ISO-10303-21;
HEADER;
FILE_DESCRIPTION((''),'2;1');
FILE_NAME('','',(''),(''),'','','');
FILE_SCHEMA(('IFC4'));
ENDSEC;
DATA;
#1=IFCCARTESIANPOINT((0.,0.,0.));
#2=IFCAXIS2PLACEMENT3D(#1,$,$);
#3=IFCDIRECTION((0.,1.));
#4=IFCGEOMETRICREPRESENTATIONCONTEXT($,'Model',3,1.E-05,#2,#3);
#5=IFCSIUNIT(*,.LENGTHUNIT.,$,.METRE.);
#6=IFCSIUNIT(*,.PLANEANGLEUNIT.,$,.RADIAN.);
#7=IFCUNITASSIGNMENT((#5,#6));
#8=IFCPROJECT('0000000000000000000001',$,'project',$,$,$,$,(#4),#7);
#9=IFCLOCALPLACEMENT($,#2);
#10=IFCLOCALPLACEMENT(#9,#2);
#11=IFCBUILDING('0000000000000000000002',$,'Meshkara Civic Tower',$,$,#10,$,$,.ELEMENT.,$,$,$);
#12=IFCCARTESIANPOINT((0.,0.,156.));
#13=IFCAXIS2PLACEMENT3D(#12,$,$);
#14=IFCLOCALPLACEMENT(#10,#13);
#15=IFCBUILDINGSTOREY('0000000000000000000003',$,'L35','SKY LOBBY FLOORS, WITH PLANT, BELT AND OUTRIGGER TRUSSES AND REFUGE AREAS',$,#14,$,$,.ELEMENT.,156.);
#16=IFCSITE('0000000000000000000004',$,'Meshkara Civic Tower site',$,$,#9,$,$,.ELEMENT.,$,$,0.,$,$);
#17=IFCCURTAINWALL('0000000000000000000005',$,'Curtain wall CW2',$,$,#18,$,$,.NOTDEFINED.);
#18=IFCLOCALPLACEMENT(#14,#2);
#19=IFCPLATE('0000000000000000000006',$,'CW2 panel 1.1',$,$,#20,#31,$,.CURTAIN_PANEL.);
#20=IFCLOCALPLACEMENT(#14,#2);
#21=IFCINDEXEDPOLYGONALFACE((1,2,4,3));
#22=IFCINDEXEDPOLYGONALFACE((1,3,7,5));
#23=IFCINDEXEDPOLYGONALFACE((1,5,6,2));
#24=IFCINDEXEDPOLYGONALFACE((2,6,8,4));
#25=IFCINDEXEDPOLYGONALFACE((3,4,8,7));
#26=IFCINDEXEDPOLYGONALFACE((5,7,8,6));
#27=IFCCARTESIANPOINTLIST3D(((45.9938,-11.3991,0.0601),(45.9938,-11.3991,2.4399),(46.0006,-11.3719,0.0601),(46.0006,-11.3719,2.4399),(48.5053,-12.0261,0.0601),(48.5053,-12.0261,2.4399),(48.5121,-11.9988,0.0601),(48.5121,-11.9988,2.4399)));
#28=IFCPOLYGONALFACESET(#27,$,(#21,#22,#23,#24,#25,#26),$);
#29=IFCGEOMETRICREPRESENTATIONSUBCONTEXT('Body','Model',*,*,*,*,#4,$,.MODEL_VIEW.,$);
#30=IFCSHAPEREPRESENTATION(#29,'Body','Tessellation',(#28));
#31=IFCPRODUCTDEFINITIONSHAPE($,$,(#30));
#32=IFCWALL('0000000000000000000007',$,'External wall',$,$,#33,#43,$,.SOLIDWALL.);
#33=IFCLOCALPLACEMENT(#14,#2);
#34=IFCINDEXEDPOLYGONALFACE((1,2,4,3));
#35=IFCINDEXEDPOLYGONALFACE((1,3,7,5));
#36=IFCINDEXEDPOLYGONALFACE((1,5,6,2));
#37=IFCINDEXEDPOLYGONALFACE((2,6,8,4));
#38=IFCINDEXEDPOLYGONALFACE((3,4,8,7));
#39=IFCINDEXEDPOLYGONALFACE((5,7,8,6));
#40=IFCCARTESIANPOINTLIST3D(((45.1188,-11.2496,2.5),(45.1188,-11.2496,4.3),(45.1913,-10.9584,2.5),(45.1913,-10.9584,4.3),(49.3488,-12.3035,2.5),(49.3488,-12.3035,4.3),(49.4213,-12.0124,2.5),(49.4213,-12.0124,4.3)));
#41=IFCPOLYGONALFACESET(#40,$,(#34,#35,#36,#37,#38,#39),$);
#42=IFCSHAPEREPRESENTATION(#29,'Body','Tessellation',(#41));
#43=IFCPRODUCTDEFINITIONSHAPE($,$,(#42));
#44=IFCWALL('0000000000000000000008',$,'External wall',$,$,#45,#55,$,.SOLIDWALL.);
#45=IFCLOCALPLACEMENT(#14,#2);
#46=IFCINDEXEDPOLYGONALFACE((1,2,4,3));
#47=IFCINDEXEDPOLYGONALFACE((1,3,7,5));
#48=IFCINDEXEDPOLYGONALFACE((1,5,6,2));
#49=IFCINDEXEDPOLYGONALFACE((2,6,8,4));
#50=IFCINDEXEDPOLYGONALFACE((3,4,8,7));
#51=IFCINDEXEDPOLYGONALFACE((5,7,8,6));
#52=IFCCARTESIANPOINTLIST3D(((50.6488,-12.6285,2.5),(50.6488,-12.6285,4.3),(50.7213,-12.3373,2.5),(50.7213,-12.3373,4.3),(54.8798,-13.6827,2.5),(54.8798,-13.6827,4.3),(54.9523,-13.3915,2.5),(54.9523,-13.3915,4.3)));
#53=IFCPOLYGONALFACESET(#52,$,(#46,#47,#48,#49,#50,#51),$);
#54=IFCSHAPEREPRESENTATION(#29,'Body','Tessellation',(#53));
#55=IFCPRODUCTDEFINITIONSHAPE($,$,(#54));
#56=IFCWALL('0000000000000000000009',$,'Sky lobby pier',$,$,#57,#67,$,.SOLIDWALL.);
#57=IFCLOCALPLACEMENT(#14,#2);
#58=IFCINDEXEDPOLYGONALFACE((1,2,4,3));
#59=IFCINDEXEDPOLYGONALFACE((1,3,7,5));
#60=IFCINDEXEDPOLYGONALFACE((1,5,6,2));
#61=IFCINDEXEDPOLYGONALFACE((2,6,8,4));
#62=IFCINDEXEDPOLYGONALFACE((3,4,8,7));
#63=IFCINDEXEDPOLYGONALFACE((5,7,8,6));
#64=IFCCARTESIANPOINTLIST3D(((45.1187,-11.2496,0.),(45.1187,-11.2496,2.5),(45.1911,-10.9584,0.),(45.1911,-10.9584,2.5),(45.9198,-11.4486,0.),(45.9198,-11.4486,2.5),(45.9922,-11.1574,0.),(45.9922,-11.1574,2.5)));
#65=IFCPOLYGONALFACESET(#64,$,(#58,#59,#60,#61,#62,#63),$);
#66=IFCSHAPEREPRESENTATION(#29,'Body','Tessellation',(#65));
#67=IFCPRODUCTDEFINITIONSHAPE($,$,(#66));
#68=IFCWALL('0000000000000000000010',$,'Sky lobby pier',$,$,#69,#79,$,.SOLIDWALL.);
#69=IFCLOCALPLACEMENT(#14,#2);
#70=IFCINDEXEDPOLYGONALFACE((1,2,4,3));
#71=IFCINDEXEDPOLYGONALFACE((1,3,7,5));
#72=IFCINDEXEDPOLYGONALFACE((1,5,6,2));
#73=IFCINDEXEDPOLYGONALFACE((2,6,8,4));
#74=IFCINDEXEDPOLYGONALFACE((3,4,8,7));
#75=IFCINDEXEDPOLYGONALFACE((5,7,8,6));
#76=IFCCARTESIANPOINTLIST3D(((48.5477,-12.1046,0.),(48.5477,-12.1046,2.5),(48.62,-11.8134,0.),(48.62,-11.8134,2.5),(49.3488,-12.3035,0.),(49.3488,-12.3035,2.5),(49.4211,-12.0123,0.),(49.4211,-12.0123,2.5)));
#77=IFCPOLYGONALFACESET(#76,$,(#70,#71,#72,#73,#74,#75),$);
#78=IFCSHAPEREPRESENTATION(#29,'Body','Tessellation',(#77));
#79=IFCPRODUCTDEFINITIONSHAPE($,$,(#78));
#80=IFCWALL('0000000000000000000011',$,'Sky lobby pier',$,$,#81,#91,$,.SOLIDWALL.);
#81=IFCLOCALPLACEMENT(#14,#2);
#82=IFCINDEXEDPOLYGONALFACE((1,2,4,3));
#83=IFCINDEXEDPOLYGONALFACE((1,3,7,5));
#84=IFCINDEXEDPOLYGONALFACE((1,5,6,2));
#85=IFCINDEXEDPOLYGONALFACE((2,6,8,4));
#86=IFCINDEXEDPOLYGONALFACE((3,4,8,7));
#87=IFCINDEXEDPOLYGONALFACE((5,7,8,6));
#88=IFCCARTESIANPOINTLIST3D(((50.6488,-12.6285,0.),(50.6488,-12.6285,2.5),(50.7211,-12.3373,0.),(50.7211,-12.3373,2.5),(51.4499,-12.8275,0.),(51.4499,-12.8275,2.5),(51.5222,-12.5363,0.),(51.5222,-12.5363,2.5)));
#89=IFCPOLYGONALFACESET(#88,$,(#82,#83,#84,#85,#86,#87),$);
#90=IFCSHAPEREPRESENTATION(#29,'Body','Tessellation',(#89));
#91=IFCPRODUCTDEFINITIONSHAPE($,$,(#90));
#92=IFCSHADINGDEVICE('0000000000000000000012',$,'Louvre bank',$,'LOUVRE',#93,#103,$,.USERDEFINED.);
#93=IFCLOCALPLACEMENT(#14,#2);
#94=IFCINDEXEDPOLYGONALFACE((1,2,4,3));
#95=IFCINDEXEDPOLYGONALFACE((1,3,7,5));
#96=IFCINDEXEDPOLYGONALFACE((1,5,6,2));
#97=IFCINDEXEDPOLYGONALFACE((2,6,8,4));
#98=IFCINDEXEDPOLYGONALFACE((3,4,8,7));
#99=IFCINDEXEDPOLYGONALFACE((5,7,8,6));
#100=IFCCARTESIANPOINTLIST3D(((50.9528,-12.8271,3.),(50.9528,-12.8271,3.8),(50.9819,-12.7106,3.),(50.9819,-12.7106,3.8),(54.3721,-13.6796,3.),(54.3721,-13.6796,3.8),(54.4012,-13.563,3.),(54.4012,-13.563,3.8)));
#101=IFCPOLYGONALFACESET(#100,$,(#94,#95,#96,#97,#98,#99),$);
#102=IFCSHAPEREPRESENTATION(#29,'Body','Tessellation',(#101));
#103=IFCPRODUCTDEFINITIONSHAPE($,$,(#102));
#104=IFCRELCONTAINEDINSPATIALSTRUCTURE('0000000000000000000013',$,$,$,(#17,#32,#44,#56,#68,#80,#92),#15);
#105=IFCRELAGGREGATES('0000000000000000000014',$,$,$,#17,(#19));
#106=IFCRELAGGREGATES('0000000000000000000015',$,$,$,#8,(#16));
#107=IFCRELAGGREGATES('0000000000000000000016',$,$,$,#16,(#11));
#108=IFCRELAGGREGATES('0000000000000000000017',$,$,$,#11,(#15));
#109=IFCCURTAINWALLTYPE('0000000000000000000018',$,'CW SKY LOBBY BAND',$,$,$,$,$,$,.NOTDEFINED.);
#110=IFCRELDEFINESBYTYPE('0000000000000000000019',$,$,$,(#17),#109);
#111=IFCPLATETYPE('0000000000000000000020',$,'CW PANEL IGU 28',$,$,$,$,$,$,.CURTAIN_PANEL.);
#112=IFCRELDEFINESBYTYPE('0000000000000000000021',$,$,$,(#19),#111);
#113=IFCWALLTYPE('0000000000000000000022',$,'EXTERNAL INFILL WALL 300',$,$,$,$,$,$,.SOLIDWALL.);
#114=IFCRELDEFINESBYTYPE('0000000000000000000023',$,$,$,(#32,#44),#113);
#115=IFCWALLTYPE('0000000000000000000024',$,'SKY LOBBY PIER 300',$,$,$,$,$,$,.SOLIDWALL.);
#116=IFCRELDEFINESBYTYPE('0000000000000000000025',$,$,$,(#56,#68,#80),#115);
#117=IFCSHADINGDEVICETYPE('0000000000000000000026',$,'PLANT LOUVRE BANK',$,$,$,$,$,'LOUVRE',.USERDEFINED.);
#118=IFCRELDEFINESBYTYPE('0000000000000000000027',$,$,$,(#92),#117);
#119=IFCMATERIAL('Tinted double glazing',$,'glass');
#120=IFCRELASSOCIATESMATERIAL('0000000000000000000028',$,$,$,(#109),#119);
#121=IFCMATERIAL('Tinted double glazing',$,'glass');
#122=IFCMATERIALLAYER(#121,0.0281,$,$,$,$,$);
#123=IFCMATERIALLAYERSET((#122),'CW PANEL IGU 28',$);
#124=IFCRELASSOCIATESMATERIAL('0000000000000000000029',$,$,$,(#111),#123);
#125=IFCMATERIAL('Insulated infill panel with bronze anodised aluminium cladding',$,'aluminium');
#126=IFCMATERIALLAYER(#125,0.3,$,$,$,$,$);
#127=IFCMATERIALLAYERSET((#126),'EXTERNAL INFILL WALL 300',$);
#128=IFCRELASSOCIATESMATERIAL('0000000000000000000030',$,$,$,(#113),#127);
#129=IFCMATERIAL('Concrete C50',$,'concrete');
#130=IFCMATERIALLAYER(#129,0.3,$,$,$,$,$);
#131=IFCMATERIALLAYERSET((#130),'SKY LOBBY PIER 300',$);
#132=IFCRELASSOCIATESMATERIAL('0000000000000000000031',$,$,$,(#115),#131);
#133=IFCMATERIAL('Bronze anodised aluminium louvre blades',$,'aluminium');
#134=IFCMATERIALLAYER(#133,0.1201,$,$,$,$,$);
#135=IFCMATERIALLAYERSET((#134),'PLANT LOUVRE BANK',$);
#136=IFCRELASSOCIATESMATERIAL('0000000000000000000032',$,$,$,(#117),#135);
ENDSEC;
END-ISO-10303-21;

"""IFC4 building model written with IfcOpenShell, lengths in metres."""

from ifc_helpers import new_model, si_unit, direction, frame, frame_2d, origin, origin_2d, place, context, subcontext, project, spatial, rectangle, extrude, material, layer, layer_set, type_object, element, aggregate, save


model = new_model("IFC4")

# Units and contexts
model_context = context("Model", 3, precision=1e-05, world=origin(), true_north=direction((0.0, 1.0)))
body_context = subcontext(model_context, "Body", "Model", "MODEL_VIEW")
ifc_project = project(units=[si_unit("LENGTHUNIT", "METRE"), si_unit("PLANEANGLEUNIT", "RADIAN")], contexts=[model_context])

# Site, building, storey
site_placement = place(None, origin())
site = spatial("IfcSite", under=ifc_project, at=site_placement, Name="Meshkara Civic Tower site", CompositionType="ELEMENT", RefElevation=0.0)
building_placement = place(site_placement, origin())
building = spatial("IfcBuilding", under=site, at=building_placement, Name="Meshkara Civic Tower", CompositionType="ELEMENT")
storey_placement = place(building_placement, frame((0.0, 0.0, 156.0)))
storey = spatial("IfcBuildingStorey", under=building, at=storey_placement, Name="L35", Description="SKY LOBBY FLOORS, WITH PLANT, BELT AND OUTRIGGER TRUSSES AND REFUGE AREAS", CompositionType="ELEMENT", Elevation=156.0)

# Curtain wall
ifc_material_1 = material(Name="Tinted double glazing", Category="glass")
curtain_wall_type = type_object("IfcCurtainWallType", Name="CW SKY LOBBY BAND", PredefinedType="NOTDEFINED", material=ifc_material_1)
curtain_wall_1_placement = place(storey_placement, origin())
curtain_wall_1 = element("IfcCurtainWall", 1, at=curtain_wall_1_placement, inside=storey, type_object=curtain_wall_type, Name="Curtain wall CW2", PredefinedType="NOTDEFINED")

# Plate
ifc_material_2 = material(Name="Tinted double glazing", Category="glass")
ifc_layer_1 = layer(ifc_material_2, 0.0281)
ifc_layer_set_1 = layer_set([ifc_layer_1], Name="CW PANEL IGU 28")
plate_type = type_object("IfcPlateType", Name="CW PANEL IGU 28", PredefinedType="CURTAIN_PANEL", material=ifc_layer_set_1)
plate_placement = place(storey_placement, frame((47.2529, -11.699, 0.0601), z_axis=(0.0, 0.0, 1.0), x_axis=(0.970229, -0.242188, 0.0)))
plate = element("IfcPlate", 2, at=plate_placement, type_object=plate_type, Name="CW2 panel 1.1", PredefinedType="CURTAIN_PANEL", context=body_context, shape_type="SweptSolid", body=[
    extrude(rectangle(XDim=2.5886, YDim=0.0281, at=origin_2d()), origin(), (0.0, 0.0, 1.0), 2.3799),
])
aggregate(curtain_wall_1, [plate])

# Walls
ifc_material_3 = material(Name="Insulated infill panel with bronze anodised aluminium cladding", Category="aluminium")
ifc_layer_2 = layer(ifc_material_3, 0.3)
ifc_layer_set_2 = layer_set([ifc_layer_2], Name="EXTERNAL INFILL WALL 300")
wall_type_1 = type_object("IfcWallType", Name="EXTERNAL INFILL WALL 300", PredefinedType="SOLIDWALL", material=ifc_layer_set_2)
wall_1_placement = place(storey_placement, frame((45.155, -11.104, 2.5), z_axis=(0.0, 0.0, 1.0), x_axis=(0.970333, -0.241771, 0.0)))
element("IfcWall", 3, at=wall_1_placement, inside=storey, type_object=wall_type_1, Name="External wall", PredefinedType="SOLIDWALL", context=body_context, shape_type="SweptSolid", body=[
    extrude(rectangle(XDim=4.3594, YDim=0.3, at=frame_2d((2.1797, 0.0))), origin(), (0.0, 0.0, 1.0), 1.8),
])
wall_2_placement = place(storey_placement, frame((50.6851, -12.4829, 2.5), z_axis=(0.0, 0.0, 1.0), x_axis=(0.970333, -0.241771, 0.0)))
element("IfcWall", 4, at=wall_2_placement, inside=storey, type_object=wall_type_1, Name="External wall", PredefinedType="SOLIDWALL", context=body_context, shape_type="SweptSolid", body=[
    extrude(rectangle(XDim=4.3604, YDim=0.3, at=frame_2d((2.1802, 0.0))), origin(), (0.0, 0.0, 1.0), 1.8),
])
ifc_material_4 = material(Name="Concrete C50", Category="concrete")
ifc_layer_3 = layer(ifc_material_4, 0.3)
ifc_layer_set_3 = layer_set([ifc_layer_3], Name="SKY LOBBY PIER 300")
wall_type_2 = type_object("IfcWallType", Name="SKY LOBBY PIER 300", PredefinedType="SOLIDWALL", material=ifc_layer_set_3)
for number, where, z_axis, x_axis, name in (
    (5, (45.155, -11.104, 0.0), (0.0, 0.0, 1.0), (0.970507, -0.241074, 0.0), "Sky lobby pier"),
    (6, (48.584, -11.959, 0.0), (0.0, 0.0, 1.0), (0.970507, -0.241074, 0.0), "Sky lobby pier"),
    (7, (50.6851, -12.4829, 0.0), (0.0, 0.0, 1.0), (0.970507, -0.241074, 0.0), "Sky lobby pier"),
):
    element("IfcWall", number, at=place(storey_placement, frame(where, z_axis=z_axis, x_axis=x_axis)), inside=storey, type_object=wall_type_2, Name=name, PredefinedType="SOLIDWALL", context=body_context, shape_type="SweptSolid", body=[
        extrude(rectangle(XDim=0.8254, YDim=0.3, at=frame_2d((0.4126, 0.0))), origin(), (0.0, 0.0, 1.0), 2.5),
    ])

# Shading device
ifc_material_5 = material(Name="Bronze anodised aluminium louvre blades", Category="aluminium")
ifc_layer_4 = layer(ifc_material_5, 0.1201)
ifc_layer_set_4 = layer_set([ifc_layer_4], Name="PLANT LOUVRE BANK")
shading_device_type = type_object("IfcShadingDeviceType", Name="PLANT LOUVRE BANK", ElementType="LOUVRE", PredefinedType="USERDEFINED", material=ifc_layer_set_4)
shading_device_placement = place(storey_placement, frame((52.677, -13.1951, 3.0), z_axis=(0.0, 0.0, 1.0), x_axis=(0.9703, -0.241905, 0.0)))
element("IfcShadingDevice", 8, at=shading_device_placement, inside=storey, type_object=shading_device_type, Name="Louvre bank", ObjectType="LOUVRE", PredefinedType="USERDEFINED", context=body_context, shape_type="SweptSolid", body=[
    extrude(rectangle(XDim=3.5239, YDim=0.1201, at=origin_2d()), origin(), (0.0, 0.0, 1.0), 0.8),
])

save(model, "model.ifc")
